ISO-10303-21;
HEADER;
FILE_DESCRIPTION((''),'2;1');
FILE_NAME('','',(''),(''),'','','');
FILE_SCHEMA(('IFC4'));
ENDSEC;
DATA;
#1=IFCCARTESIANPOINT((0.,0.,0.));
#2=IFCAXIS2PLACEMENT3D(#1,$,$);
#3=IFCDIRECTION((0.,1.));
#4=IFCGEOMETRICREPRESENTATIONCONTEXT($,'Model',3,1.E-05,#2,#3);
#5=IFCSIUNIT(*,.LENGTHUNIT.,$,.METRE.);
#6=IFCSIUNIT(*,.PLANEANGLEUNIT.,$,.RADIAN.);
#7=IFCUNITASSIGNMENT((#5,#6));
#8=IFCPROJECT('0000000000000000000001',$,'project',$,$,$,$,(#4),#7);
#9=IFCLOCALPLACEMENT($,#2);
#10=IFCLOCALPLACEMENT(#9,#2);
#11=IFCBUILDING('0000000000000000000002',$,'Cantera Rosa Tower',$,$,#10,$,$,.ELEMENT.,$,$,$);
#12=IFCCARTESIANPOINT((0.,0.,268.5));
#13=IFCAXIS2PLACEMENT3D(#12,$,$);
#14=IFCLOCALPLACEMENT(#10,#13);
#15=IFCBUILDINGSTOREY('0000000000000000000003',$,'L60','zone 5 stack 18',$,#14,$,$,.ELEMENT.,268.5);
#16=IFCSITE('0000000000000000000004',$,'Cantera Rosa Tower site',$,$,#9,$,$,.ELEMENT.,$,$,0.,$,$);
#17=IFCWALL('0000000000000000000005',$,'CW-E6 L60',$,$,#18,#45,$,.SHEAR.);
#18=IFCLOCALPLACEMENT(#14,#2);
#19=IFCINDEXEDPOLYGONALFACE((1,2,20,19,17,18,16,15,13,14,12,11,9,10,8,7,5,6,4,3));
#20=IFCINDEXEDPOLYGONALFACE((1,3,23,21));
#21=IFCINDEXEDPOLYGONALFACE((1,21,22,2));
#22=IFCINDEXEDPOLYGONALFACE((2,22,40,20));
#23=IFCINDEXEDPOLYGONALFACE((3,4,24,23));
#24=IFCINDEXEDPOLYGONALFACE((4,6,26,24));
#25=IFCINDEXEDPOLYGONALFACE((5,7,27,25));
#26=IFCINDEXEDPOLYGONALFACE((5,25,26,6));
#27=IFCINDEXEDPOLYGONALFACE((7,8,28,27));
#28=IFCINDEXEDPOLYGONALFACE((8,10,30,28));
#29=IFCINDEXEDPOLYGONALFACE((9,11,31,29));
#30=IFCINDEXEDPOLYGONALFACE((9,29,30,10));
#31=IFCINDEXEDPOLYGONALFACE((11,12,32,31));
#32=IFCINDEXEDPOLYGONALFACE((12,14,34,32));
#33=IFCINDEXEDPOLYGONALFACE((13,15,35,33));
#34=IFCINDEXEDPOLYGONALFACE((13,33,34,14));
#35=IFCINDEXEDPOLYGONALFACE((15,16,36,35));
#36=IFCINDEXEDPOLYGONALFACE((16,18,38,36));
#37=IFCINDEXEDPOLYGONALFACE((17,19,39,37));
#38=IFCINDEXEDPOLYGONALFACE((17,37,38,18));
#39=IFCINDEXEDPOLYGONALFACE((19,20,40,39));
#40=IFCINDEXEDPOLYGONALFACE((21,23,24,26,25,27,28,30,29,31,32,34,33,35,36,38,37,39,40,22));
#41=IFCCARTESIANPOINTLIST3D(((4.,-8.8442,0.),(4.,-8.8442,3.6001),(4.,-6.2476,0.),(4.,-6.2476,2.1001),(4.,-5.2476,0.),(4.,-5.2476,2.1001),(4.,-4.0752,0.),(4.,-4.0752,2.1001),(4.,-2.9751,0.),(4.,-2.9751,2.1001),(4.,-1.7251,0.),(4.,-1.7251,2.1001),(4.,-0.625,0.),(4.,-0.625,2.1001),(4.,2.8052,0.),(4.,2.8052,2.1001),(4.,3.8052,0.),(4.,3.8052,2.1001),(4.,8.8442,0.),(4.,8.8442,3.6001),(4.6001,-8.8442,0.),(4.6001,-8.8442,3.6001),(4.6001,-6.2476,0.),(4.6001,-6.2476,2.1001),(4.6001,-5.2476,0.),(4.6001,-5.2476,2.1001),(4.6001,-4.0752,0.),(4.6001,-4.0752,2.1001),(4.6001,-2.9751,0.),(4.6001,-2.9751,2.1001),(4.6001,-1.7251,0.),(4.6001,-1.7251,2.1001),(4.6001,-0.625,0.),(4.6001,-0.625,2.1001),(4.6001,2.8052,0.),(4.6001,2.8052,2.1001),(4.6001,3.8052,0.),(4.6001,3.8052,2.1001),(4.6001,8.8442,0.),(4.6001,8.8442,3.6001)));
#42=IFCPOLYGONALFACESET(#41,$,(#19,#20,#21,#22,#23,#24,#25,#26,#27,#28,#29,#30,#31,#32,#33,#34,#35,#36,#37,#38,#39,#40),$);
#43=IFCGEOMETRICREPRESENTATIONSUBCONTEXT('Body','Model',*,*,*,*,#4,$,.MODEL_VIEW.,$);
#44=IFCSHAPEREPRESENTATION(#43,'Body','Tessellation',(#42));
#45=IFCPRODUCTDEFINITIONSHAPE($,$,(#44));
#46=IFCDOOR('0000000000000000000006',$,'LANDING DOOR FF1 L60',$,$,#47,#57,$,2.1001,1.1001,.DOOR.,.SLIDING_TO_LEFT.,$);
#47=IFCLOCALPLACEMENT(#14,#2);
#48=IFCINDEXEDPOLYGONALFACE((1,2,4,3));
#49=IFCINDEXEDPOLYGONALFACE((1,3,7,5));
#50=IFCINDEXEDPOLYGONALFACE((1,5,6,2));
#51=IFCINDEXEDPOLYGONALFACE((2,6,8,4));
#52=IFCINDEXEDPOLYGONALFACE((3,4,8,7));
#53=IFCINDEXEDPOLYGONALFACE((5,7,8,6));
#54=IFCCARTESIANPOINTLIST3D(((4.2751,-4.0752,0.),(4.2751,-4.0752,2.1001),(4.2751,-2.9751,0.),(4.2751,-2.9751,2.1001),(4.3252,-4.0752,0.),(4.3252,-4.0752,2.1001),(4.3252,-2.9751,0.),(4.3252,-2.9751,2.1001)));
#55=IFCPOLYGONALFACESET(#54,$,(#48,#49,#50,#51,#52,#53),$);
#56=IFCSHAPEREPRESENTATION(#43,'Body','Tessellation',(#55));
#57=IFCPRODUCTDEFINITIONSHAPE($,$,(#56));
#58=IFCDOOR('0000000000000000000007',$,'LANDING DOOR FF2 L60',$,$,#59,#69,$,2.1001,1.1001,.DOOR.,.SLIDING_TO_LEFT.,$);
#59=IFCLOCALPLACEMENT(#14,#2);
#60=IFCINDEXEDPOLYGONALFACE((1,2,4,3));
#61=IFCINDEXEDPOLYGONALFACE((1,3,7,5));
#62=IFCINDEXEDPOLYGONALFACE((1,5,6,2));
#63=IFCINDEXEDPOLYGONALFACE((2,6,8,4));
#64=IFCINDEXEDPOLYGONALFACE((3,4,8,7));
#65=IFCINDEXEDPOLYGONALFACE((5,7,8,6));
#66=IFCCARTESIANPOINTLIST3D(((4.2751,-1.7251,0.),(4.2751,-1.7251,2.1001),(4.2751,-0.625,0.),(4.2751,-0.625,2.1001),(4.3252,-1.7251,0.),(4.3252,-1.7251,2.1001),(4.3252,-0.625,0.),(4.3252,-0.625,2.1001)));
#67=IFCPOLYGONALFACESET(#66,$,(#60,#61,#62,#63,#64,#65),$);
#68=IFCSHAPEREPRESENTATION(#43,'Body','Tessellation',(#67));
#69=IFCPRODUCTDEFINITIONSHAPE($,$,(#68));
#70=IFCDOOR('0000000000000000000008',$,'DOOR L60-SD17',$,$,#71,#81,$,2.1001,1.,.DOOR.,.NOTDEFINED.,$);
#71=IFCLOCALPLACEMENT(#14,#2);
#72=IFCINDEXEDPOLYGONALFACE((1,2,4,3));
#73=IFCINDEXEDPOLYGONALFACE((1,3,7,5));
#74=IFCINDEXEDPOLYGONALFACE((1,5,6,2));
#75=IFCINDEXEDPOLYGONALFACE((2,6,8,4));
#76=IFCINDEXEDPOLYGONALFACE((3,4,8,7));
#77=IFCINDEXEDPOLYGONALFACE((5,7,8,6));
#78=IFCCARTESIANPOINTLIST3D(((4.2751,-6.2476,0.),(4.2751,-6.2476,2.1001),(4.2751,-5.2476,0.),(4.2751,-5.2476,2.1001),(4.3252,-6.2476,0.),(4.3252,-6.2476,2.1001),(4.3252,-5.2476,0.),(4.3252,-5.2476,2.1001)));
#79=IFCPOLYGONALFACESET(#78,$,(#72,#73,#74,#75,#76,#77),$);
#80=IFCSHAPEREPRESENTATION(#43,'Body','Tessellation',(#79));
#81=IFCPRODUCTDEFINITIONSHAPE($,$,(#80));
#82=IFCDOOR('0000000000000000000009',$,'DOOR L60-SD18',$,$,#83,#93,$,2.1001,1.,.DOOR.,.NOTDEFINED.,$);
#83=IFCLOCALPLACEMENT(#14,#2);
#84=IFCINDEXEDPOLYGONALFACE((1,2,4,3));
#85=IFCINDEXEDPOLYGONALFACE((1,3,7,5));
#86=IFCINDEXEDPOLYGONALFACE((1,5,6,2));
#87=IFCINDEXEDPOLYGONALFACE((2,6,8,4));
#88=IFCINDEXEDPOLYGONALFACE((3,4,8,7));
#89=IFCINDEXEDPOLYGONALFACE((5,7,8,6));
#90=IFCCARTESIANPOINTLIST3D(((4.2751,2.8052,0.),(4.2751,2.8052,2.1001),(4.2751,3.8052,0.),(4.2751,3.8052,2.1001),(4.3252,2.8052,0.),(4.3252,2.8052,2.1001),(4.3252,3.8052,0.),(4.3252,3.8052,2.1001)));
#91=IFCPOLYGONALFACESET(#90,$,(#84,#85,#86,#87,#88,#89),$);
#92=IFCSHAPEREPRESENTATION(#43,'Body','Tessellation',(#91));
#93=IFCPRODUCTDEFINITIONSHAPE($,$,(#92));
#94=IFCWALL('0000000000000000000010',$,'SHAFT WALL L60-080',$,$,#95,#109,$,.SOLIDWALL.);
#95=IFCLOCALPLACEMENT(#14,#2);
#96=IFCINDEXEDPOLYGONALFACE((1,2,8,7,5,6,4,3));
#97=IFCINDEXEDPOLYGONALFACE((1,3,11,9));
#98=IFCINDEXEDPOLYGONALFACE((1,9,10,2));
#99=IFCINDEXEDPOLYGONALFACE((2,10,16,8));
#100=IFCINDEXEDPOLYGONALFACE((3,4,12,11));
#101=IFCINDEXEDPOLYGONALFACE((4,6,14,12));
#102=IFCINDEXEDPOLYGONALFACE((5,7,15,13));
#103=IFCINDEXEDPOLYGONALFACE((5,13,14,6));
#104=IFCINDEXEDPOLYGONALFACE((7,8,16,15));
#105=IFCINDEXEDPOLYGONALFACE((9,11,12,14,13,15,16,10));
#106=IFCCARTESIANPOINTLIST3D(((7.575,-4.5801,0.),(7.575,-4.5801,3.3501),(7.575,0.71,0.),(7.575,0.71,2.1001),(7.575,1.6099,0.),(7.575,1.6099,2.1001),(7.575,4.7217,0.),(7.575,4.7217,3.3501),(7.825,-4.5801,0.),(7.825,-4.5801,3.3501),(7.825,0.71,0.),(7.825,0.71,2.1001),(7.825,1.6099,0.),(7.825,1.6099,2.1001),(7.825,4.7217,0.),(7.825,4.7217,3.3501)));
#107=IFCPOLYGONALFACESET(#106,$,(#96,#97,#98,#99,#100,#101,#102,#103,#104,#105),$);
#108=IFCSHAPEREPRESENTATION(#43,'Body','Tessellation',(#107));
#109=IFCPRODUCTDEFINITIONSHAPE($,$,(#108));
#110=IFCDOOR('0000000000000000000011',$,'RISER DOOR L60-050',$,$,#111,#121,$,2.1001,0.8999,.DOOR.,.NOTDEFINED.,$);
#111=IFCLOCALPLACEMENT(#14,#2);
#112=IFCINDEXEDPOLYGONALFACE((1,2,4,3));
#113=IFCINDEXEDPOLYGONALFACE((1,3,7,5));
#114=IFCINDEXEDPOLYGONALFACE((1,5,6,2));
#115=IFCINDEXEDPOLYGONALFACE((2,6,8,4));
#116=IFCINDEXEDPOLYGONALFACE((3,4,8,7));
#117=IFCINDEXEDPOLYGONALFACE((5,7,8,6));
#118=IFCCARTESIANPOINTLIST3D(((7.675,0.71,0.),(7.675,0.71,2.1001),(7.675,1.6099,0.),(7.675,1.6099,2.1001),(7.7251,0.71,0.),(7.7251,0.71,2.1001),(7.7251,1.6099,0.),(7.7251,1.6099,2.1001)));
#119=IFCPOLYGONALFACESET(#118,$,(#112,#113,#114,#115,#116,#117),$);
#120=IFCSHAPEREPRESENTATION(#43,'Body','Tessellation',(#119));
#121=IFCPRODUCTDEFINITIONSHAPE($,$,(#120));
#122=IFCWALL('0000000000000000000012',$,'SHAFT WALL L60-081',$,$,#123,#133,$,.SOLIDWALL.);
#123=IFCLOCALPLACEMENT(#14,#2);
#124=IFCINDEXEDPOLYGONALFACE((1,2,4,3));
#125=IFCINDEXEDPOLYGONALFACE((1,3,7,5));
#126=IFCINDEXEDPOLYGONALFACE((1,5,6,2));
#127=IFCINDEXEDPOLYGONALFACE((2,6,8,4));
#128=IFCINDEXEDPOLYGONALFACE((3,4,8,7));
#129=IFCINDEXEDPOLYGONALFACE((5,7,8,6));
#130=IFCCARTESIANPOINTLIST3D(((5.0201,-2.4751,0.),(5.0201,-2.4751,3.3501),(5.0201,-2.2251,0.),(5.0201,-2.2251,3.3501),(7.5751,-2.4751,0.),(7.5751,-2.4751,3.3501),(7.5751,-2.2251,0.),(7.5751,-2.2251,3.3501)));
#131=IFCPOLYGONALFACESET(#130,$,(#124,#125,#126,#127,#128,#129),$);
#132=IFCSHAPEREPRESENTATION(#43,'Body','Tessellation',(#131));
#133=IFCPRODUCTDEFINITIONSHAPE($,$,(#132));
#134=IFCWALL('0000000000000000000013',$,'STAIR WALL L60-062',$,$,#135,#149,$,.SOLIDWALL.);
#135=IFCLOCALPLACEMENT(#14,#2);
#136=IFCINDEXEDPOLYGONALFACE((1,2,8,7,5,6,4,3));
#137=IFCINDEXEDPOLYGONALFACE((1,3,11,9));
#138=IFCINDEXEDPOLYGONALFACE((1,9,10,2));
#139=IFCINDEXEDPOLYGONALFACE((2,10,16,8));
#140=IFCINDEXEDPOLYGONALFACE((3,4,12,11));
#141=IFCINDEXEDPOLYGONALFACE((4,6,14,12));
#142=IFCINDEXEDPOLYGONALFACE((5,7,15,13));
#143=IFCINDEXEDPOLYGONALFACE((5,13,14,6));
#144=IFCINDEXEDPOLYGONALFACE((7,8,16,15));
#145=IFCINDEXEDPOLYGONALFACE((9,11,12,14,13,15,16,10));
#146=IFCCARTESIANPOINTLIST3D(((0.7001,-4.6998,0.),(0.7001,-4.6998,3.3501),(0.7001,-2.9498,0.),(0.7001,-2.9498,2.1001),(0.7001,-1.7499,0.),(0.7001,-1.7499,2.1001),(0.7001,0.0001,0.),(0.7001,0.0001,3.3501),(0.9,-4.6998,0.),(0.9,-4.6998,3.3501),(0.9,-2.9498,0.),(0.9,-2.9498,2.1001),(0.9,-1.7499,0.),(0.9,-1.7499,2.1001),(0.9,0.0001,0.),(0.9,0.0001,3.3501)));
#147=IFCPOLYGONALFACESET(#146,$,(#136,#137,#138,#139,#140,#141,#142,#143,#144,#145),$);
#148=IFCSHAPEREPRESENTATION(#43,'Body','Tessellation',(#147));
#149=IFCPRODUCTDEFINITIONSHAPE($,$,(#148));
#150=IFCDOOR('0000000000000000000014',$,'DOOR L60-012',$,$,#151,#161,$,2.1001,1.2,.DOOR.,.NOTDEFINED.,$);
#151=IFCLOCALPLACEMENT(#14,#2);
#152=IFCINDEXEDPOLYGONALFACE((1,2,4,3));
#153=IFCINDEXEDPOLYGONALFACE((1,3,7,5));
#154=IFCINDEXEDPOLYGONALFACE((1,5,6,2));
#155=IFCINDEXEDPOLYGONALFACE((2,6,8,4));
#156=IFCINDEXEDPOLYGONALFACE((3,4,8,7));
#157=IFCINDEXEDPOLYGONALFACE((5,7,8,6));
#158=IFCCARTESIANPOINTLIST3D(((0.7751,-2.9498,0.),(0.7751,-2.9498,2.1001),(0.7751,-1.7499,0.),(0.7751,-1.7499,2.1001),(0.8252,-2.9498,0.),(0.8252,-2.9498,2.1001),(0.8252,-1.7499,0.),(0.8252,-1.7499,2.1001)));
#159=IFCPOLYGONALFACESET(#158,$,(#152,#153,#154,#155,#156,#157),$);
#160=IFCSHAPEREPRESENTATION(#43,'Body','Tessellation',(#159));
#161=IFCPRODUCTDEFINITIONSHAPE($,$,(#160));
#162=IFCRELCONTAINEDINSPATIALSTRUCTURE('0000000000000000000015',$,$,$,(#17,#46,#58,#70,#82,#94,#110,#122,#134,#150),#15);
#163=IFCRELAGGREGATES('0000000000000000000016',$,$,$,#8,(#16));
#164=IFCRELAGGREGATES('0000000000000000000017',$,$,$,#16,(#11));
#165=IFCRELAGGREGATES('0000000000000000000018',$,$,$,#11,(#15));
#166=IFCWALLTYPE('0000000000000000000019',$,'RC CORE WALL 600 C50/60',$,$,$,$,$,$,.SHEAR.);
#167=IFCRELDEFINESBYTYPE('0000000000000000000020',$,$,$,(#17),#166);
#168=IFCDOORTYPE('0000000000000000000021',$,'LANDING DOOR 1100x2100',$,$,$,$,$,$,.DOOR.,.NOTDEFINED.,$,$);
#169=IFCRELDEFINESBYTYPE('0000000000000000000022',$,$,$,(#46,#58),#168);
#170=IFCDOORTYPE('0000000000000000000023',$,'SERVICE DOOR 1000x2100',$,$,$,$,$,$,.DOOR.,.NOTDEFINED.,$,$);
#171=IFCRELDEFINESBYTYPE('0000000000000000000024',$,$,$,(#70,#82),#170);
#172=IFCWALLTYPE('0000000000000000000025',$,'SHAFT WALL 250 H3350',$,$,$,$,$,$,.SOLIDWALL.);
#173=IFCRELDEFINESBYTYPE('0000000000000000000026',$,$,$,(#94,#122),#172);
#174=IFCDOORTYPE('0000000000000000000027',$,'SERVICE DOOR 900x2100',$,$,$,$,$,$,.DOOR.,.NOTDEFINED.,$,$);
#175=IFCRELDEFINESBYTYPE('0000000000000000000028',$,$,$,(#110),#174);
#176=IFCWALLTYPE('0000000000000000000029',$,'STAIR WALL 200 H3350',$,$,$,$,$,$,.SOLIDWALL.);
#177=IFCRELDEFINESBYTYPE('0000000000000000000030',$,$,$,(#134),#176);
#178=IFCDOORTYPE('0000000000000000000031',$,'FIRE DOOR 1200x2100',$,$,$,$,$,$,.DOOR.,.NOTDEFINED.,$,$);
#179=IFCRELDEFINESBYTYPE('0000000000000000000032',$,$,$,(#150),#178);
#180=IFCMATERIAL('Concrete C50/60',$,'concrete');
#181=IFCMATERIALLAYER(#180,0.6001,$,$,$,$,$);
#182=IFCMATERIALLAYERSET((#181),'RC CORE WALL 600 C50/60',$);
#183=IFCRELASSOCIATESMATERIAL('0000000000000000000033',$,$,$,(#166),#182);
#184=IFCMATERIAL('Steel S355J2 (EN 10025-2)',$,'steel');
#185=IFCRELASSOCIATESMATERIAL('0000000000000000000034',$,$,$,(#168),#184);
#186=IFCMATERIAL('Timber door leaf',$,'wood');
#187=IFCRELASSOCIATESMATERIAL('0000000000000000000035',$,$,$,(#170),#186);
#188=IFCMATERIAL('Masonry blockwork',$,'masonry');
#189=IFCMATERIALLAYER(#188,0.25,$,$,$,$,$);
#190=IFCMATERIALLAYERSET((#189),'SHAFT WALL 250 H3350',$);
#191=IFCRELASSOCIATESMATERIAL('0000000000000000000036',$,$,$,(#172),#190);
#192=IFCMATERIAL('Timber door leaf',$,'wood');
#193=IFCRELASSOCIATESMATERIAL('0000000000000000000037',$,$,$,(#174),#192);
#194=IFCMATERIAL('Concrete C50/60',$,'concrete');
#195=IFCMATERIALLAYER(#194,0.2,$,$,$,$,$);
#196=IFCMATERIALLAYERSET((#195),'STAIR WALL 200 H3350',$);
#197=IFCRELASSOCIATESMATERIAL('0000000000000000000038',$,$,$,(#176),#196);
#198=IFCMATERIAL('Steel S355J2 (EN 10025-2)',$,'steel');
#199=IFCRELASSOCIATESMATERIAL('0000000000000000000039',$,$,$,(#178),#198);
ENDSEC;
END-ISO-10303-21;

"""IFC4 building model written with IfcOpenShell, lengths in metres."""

from ifc_helpers import new_model, si_unit, direction, frame, frame_2d, origin, place, context, subcontext, project, spatial, rectangle, extrude, material, layer, layer_set, type_object, element, fill, save


model = new_model("IFC4")

# Units and contexts
model_context = context("Model", 3, precision=1e-05, world=origin(), true_north=direction((0.0, 1.0)))
body_context = subcontext(model_context, "Body", "Model", "MODEL_VIEW")
ifc_project = project(units=[si_unit("LENGTHUNIT", "METRE"), si_unit("PLANEANGLEUNIT", "RADIAN")], contexts=[model_context])

# Site, building, storey
site_placement = place(None, origin())
site = spatial("IfcSite", under=ifc_project, at=site_placement, Name="Cantera Rosa Tower site", CompositionType="ELEMENT", RefElevation=0.0)
building_placement = place(site_placement, origin())
building = spatial("IfcBuilding", under=site, at=building_placement, Name="Cantera Rosa Tower", CompositionType="ELEMENT")
storey_placement = place(building_placement, frame((0.0, 0.0, 268.5)))
storey = spatial("IfcBuildingStorey", under=building, at=storey_placement, Name="L60", Description="zone 5 stack 18", CompositionType="ELEMENT", Elevation=268.5)

# Shared definitions
ifc_material_1 = material(Name="Concrete C50/60", Category="concrete")
ifc_layer_1 = layer(ifc_material_1, 0.6001)
ifc_layer_set_1 = layer_set([ifc_layer_1], Name="RC CORE WALL 600 C50/60")
wall_type_1 = type_object("IfcWallType", Name="RC CORE WALL 600 C50/60", PredefinedType="SHEAR", material=ifc_layer_set_1)

# Wall, openings, doors
wall_1_placement = place(storey_placement, frame((4.3, -8.8442, 0.0), z_axis=(0.0, 0.0, 1.0), x_axis=(0.0, 1.0, 0.0)))
wall_1 = element("IfcWall", 1, at=wall_1_placement, inside=storey, type_object=wall_type_1, Name="CW-E6 L60", PredefinedType="SHEAR", context=body_context, shape_type="SweptSolid", body=[
    extrude(rectangle(XDim=17.6885, YDim=0.6001, at=frame_2d((8.8442, 0.0))), origin(), (0.0, 0.0, 1.0), 3.6001),
])
opening_1_placement = place(wall_1_placement, frame((4.769, 0.0, 0.0)))
opening_1 = element("IfcOpeningElement", 2, at=opening_1_placement, cuts=wall_1, PredefinedType="OPENING", context=body_context, shape_type="SweptSolid", body=[
    extrude(rectangle(XDim=1.1001, YDim=2.1001, at=frame_2d((0.55, 1.05))), frame((0.0, 0.3101, 0.0), z_axis=(0.0, -1.0, 0.0), x_axis=(1.0, 0.0, 0.0)), (0.0, 0.0, 1.0), 0.6201),
])
opening_2_placement = place(wall_1_placement, frame((7.1191, 0.0, 0.0)))
opening_2 = element("IfcOpeningElement", 3, at=opening_2_placement, cuts=wall_1, PredefinedType="OPENING", context=body_context, shape_type="SweptSolid", body=[
    extrude(rectangle(XDim=1.1001, YDim=2.1001, at=frame_2d((0.55, 1.05))), frame((0.0, 0.3101, 0.0), z_axis=(0.0, -1.0, 0.0), x_axis=(1.0, 0.0, 0.0)), (0.0, 0.0, 1.0), 0.6201),
])
opening_3_placement = place(wall_1_placement, frame((2.5967, 0.0, 0.0)))
opening_3 = element("IfcOpeningElement", 4, at=opening_3_placement, cuts=wall_1, PredefinedType="OPENING", context=body_context, shape_type="SweptSolid", body=[
    extrude(rectangle(XDim=1.0, YDim=2.1001, at=frame_2d((0.5, 1.05))), frame((0.0, 0.3101, 0.0), z_axis=(0.0, -1.0, 0.0), x_axis=(1.0, 0.0, 0.0)), (0.0, 0.0, 1.0), 0.6201),
])
opening_4_placement = place(wall_1_placement, frame((11.6494, 0.0, 0.0)))
opening_4 = element("IfcOpeningElement", 5, at=opening_4_placement, cuts=wall_1, PredefinedType="OPENING", context=body_context, shape_type="SweptSolid", body=[
    extrude(rectangle(XDim=1.0, YDim=2.1001, at=frame_2d((0.5, 1.05))), frame((0.0, 0.3101, 0.0), z_axis=(0.0, -1.0, 0.0), x_axis=(1.0, 0.0, 0.0)), (0.0, 0.0, 1.0), 0.6201),
])
ifc_material_2 = material(Name="Steel S355J2 (EN 10025-2)", Category="steel")
door_type_1 = type_object("IfcDoorType", Name="LANDING DOOR 1100x2100", OperationType="NOTDEFINED", PredefinedType="DOOR", material=ifc_material_2)
door_1_placement = place(opening_1_placement, origin())
door_1 = element("IfcDoor", 6, at=door_1_placement, inside=storey, type_object=door_type_1, Name="LANDING DOOR FF1 L60", OperationType="SLIDING_TO_LEFT", OverallHeight=2.1001, OverallWidth=1.1001, PredefinedType="DOOR", context=body_context, shape_type="SweptSolid", body=[
    extrude(rectangle(XDim=1.1001, YDim=2.1001, at=frame_2d((0.55, 1.05))), frame((0.0, 0.0249, 0.0), z_axis=(0.0, -1.0, 0.0), x_axis=(1.0, 0.0, 0.0)), (0.0, 0.0, 1.0), 0.05),
])
fill(opening_1, door_1)
door_2_placement = place(opening_2_placement, origin())
door_2 = element("IfcDoor", 7, at=door_2_placement, inside=storey, type_object=door_type_1, Name="LANDING DOOR FF2 L60", OperationType="SLIDING_TO_LEFT", OverallHeight=2.1001, OverallWidth=1.1001, PredefinedType="DOOR", context=body_context, shape_type="SweptSolid", body=[
    extrude(rectangle(XDim=1.1001, YDim=2.1001, at=frame_2d((0.55, 1.05))), frame((0.0, 0.0249, 0.0), z_axis=(0.0, -1.0, 0.0), x_axis=(1.0, 0.0, 0.0)), (0.0, 0.0, 1.0), 0.05),
])
fill(opening_2, door_2)
ifc_material_3 = material(Name="Timber door leaf", Category="wood")
door_type_2 = type_object("IfcDoorType", Name="SERVICE DOOR 1000x2100", OperationType="NOTDEFINED", PredefinedType="DOOR", material=ifc_material_3)
door_3_placement = place(opening_3_placement, origin())
door_3 = element("IfcDoor", 8, at=door_3_placement, inside=storey, type_object=door_type_2, Name="DOOR L60-SD17", OperationType="NOTDEFINED", OverallHeight=2.1001, OverallWidth=1.0, PredefinedType="DOOR", context=body_context, shape_type="SweptSolid", body=[
    extrude(rectangle(XDim=1.0, YDim=2.1001, at=frame_2d((0.5, 1.05))), frame((0.0, 0.0249, 0.0), z_axis=(0.0, -1.0, 0.0), x_axis=(1.0, 0.0, 0.0)), (0.0, 0.0, 1.0), 0.05),
])
fill(opening_3, door_3)
door_4_placement = place(opening_4_placement, origin())
door_4 = element("IfcDoor", 9, at=door_4_placement, inside=storey, type_object=door_type_2, Name="DOOR L60-SD18", OperationType="NOTDEFINED", OverallHeight=2.1001, OverallWidth=1.0, PredefinedType="DOOR", context=body_context, shape_type="SweptSolid", body=[
    extrude(rectangle(XDim=1.0, YDim=2.1001, at=frame_2d((0.5, 1.05))), frame((0.0, 0.0249, 0.0), z_axis=(0.0, -1.0, 0.0), x_axis=(1.0, 0.0, 0.0)), (0.0, 0.0, 1.0), 0.05),
])
fill(opening_4, door_4)

# Shared definitions
ifc_material_4 = material(Name="Masonry blockwork", Category="masonry")
ifc_layer_2 = layer(ifc_material_4, 0.25)
ifc_layer_set_2 = layer_set([ifc_layer_2], Name="SHAFT WALL 250 H3350")
wall_type_2 = type_object("IfcWallType", Name="SHAFT WALL 250 H3350", PredefinedType="SOLIDWALL", material=ifc_layer_set_2)

# Wall, opening, door
wall_2_placement = place(storey_placement, frame((7.7, -4.5801, 0.0), z_axis=(0.0, 0.0, 1.0), x_axis=(0.0, 1.0, 0.0)))
wall_2 = element("IfcWall", 10, at=wall_2_placement, inside=storey, type_object=wall_type_2, Name="SHAFT WALL L60-080", PredefinedType="SOLIDWALL", context=body_context, shape_type="SweptSolid", body=[
    extrude(rectangle(XDim=9.3018, YDim=0.25, at=frame_2d((4.6509, 0.0))), origin(), (0.0, 0.0, 1.0), 3.3501),
])
opening_5_placement = place(wall_2_placement, frame((5.29, 0.0, 0.0)))
opening_5 = element("IfcOpeningElement", 11, at=opening_5_placement, cuts=wall_2, PredefinedType="OPENING", context=body_context, shape_type="SweptSolid", body=[
    extrude(rectangle(XDim=0.8999, YDim=2.1001, at=frame_2d((0.45, 1.05))), frame((0.0, 0.135, 0.0), z_axis=(0.0, -1.0, 0.0), x_axis=(1.0, 0.0, 0.0)), (0.0, 0.0, 1.0), 0.27),
])
ifc_material_5 = material(Name="Timber door leaf", Category="wood")
door_type_3 = type_object("IfcDoorType", Name="SERVICE DOOR 900x2100", OperationType="NOTDEFINED", PredefinedType="DOOR", material=ifc_material_5)
door_5_placement = place(opening_5_placement, origin())
door_5 = element("IfcDoor", 12, at=door_5_placement, inside=storey, type_object=door_type_3, Name="RISER DOOR L60-050", OperationType="NOTDEFINED", OverallHeight=2.1001, OverallWidth=0.8999, PredefinedType="DOOR", context=body_context, shape_type="SweptSolid", body=[
    extrude(rectangle(XDim=0.8999, YDim=2.1001, at=frame_2d((0.45, 1.05))), frame((0.0, 0.0249, 0.0), z_axis=(0.0, -1.0, 0.0), x_axis=(1.0, 0.0, 0.0)), (0.0, 0.0, 1.0), 0.05),
])
fill(opening_5, door_5)

# Wall
wall_3_placement = place(storey_placement, frame((7.575, -2.3501, 0.0), z_axis=(0.0, 0.0, 1.0), x_axis=(-1.0, 0.0, 0.0)))
element("IfcWall", 13, at=wall_3_placement, inside=storey, type_object=wall_type_2, Name="SHAFT WALL L60-081", PredefinedType="SOLIDWALL", context=body_context, shape_type="SweptSolid", body=[
    extrude(rectangle(XDim=2.5549, YDim=0.25, at=frame_2d((1.2773, 0.0))), origin(), (0.0, 0.0, 1.0), 3.3501),
])

# Wall, opening, door
ifc_material_6 = material(Name="Concrete C50/60", Category="concrete")
ifc_layer_3 = layer(ifc_material_6, 0.2)
ifc_layer_set_3 = layer_set([ifc_layer_3], Name="STAIR WALL 200 H3350")
wall_type_3 = type_object("IfcWallType", Name="STAIR WALL 200 H3350", PredefinedType="SOLIDWALL", material=ifc_layer_set_3)
wall_4_placement = place(storey_placement, frame((0.8, -4.7, 0.0), z_axis=(0.0, 0.0, 1.0), x_axis=(0.0, 1.0, 0.0)))
wall_4 = element("IfcWall", 14, at=wall_4_placement, inside=storey, type_object=wall_type_3, Name="STAIR WALL L60-062", PredefinedType="SOLIDWALL", context=body_context, shape_type="SweptSolid", body=[
    extrude(rectangle(XDim=4.7, YDim=0.2, at=frame_2d((2.3501, 0.0))), origin(), (0.0, 0.0, 1.0), 3.3501),
])
opening_6_placement = place(wall_4_placement, frame((1.75, 0.0, 0.0)))
opening_6 = element("IfcOpeningElement", 15, at=opening_6_placement, cuts=wall_4, PredefinedType="OPENING", context=body_context, shape_type="SweptSolid", body=[
    extrude(rectangle(XDim=1.2, YDim=2.1001, at=frame_2d((0.6001, 1.05))), frame((0.0, 0.1099, 0.0), z_axis=(0.0, -1.0, 0.0), x_axis=(1.0, 0.0, 0.0)), (0.0, 0.0, 1.0), 0.22),
])
ifc_material_7 = material(Name="Steel S355J2 (EN 10025-2)", Category="steel")
door_type_4 = type_object("IfcDoorType", Name="FIRE DOOR 1200x2100", OperationType="NOTDEFINED", PredefinedType="DOOR", material=ifc_material_7)
door_6_placement = place(opening_6_placement, origin())
door_6 = element("IfcDoor", 16, at=door_6_placement, inside=storey, type_object=door_type_4, Name="DOOR L60-012", OperationType="NOTDEFINED", OverallHeight=2.1001, OverallWidth=1.2, PredefinedType="DOOR", context=body_context, shape_type="SweptSolid", body=[
    extrude(rectangle(XDim=1.2, YDim=2.1001, at=frame_2d((0.6001, 1.05))), frame((0.0, 0.0249, 0.0), z_axis=(0.0, -1.0, 0.0), x_axis=(1.0, 0.0, 0.0)), (0.0, 0.0, 1.0), 0.05),
])
fill(opening_6, door_6)

save(model, "model.ifc")
